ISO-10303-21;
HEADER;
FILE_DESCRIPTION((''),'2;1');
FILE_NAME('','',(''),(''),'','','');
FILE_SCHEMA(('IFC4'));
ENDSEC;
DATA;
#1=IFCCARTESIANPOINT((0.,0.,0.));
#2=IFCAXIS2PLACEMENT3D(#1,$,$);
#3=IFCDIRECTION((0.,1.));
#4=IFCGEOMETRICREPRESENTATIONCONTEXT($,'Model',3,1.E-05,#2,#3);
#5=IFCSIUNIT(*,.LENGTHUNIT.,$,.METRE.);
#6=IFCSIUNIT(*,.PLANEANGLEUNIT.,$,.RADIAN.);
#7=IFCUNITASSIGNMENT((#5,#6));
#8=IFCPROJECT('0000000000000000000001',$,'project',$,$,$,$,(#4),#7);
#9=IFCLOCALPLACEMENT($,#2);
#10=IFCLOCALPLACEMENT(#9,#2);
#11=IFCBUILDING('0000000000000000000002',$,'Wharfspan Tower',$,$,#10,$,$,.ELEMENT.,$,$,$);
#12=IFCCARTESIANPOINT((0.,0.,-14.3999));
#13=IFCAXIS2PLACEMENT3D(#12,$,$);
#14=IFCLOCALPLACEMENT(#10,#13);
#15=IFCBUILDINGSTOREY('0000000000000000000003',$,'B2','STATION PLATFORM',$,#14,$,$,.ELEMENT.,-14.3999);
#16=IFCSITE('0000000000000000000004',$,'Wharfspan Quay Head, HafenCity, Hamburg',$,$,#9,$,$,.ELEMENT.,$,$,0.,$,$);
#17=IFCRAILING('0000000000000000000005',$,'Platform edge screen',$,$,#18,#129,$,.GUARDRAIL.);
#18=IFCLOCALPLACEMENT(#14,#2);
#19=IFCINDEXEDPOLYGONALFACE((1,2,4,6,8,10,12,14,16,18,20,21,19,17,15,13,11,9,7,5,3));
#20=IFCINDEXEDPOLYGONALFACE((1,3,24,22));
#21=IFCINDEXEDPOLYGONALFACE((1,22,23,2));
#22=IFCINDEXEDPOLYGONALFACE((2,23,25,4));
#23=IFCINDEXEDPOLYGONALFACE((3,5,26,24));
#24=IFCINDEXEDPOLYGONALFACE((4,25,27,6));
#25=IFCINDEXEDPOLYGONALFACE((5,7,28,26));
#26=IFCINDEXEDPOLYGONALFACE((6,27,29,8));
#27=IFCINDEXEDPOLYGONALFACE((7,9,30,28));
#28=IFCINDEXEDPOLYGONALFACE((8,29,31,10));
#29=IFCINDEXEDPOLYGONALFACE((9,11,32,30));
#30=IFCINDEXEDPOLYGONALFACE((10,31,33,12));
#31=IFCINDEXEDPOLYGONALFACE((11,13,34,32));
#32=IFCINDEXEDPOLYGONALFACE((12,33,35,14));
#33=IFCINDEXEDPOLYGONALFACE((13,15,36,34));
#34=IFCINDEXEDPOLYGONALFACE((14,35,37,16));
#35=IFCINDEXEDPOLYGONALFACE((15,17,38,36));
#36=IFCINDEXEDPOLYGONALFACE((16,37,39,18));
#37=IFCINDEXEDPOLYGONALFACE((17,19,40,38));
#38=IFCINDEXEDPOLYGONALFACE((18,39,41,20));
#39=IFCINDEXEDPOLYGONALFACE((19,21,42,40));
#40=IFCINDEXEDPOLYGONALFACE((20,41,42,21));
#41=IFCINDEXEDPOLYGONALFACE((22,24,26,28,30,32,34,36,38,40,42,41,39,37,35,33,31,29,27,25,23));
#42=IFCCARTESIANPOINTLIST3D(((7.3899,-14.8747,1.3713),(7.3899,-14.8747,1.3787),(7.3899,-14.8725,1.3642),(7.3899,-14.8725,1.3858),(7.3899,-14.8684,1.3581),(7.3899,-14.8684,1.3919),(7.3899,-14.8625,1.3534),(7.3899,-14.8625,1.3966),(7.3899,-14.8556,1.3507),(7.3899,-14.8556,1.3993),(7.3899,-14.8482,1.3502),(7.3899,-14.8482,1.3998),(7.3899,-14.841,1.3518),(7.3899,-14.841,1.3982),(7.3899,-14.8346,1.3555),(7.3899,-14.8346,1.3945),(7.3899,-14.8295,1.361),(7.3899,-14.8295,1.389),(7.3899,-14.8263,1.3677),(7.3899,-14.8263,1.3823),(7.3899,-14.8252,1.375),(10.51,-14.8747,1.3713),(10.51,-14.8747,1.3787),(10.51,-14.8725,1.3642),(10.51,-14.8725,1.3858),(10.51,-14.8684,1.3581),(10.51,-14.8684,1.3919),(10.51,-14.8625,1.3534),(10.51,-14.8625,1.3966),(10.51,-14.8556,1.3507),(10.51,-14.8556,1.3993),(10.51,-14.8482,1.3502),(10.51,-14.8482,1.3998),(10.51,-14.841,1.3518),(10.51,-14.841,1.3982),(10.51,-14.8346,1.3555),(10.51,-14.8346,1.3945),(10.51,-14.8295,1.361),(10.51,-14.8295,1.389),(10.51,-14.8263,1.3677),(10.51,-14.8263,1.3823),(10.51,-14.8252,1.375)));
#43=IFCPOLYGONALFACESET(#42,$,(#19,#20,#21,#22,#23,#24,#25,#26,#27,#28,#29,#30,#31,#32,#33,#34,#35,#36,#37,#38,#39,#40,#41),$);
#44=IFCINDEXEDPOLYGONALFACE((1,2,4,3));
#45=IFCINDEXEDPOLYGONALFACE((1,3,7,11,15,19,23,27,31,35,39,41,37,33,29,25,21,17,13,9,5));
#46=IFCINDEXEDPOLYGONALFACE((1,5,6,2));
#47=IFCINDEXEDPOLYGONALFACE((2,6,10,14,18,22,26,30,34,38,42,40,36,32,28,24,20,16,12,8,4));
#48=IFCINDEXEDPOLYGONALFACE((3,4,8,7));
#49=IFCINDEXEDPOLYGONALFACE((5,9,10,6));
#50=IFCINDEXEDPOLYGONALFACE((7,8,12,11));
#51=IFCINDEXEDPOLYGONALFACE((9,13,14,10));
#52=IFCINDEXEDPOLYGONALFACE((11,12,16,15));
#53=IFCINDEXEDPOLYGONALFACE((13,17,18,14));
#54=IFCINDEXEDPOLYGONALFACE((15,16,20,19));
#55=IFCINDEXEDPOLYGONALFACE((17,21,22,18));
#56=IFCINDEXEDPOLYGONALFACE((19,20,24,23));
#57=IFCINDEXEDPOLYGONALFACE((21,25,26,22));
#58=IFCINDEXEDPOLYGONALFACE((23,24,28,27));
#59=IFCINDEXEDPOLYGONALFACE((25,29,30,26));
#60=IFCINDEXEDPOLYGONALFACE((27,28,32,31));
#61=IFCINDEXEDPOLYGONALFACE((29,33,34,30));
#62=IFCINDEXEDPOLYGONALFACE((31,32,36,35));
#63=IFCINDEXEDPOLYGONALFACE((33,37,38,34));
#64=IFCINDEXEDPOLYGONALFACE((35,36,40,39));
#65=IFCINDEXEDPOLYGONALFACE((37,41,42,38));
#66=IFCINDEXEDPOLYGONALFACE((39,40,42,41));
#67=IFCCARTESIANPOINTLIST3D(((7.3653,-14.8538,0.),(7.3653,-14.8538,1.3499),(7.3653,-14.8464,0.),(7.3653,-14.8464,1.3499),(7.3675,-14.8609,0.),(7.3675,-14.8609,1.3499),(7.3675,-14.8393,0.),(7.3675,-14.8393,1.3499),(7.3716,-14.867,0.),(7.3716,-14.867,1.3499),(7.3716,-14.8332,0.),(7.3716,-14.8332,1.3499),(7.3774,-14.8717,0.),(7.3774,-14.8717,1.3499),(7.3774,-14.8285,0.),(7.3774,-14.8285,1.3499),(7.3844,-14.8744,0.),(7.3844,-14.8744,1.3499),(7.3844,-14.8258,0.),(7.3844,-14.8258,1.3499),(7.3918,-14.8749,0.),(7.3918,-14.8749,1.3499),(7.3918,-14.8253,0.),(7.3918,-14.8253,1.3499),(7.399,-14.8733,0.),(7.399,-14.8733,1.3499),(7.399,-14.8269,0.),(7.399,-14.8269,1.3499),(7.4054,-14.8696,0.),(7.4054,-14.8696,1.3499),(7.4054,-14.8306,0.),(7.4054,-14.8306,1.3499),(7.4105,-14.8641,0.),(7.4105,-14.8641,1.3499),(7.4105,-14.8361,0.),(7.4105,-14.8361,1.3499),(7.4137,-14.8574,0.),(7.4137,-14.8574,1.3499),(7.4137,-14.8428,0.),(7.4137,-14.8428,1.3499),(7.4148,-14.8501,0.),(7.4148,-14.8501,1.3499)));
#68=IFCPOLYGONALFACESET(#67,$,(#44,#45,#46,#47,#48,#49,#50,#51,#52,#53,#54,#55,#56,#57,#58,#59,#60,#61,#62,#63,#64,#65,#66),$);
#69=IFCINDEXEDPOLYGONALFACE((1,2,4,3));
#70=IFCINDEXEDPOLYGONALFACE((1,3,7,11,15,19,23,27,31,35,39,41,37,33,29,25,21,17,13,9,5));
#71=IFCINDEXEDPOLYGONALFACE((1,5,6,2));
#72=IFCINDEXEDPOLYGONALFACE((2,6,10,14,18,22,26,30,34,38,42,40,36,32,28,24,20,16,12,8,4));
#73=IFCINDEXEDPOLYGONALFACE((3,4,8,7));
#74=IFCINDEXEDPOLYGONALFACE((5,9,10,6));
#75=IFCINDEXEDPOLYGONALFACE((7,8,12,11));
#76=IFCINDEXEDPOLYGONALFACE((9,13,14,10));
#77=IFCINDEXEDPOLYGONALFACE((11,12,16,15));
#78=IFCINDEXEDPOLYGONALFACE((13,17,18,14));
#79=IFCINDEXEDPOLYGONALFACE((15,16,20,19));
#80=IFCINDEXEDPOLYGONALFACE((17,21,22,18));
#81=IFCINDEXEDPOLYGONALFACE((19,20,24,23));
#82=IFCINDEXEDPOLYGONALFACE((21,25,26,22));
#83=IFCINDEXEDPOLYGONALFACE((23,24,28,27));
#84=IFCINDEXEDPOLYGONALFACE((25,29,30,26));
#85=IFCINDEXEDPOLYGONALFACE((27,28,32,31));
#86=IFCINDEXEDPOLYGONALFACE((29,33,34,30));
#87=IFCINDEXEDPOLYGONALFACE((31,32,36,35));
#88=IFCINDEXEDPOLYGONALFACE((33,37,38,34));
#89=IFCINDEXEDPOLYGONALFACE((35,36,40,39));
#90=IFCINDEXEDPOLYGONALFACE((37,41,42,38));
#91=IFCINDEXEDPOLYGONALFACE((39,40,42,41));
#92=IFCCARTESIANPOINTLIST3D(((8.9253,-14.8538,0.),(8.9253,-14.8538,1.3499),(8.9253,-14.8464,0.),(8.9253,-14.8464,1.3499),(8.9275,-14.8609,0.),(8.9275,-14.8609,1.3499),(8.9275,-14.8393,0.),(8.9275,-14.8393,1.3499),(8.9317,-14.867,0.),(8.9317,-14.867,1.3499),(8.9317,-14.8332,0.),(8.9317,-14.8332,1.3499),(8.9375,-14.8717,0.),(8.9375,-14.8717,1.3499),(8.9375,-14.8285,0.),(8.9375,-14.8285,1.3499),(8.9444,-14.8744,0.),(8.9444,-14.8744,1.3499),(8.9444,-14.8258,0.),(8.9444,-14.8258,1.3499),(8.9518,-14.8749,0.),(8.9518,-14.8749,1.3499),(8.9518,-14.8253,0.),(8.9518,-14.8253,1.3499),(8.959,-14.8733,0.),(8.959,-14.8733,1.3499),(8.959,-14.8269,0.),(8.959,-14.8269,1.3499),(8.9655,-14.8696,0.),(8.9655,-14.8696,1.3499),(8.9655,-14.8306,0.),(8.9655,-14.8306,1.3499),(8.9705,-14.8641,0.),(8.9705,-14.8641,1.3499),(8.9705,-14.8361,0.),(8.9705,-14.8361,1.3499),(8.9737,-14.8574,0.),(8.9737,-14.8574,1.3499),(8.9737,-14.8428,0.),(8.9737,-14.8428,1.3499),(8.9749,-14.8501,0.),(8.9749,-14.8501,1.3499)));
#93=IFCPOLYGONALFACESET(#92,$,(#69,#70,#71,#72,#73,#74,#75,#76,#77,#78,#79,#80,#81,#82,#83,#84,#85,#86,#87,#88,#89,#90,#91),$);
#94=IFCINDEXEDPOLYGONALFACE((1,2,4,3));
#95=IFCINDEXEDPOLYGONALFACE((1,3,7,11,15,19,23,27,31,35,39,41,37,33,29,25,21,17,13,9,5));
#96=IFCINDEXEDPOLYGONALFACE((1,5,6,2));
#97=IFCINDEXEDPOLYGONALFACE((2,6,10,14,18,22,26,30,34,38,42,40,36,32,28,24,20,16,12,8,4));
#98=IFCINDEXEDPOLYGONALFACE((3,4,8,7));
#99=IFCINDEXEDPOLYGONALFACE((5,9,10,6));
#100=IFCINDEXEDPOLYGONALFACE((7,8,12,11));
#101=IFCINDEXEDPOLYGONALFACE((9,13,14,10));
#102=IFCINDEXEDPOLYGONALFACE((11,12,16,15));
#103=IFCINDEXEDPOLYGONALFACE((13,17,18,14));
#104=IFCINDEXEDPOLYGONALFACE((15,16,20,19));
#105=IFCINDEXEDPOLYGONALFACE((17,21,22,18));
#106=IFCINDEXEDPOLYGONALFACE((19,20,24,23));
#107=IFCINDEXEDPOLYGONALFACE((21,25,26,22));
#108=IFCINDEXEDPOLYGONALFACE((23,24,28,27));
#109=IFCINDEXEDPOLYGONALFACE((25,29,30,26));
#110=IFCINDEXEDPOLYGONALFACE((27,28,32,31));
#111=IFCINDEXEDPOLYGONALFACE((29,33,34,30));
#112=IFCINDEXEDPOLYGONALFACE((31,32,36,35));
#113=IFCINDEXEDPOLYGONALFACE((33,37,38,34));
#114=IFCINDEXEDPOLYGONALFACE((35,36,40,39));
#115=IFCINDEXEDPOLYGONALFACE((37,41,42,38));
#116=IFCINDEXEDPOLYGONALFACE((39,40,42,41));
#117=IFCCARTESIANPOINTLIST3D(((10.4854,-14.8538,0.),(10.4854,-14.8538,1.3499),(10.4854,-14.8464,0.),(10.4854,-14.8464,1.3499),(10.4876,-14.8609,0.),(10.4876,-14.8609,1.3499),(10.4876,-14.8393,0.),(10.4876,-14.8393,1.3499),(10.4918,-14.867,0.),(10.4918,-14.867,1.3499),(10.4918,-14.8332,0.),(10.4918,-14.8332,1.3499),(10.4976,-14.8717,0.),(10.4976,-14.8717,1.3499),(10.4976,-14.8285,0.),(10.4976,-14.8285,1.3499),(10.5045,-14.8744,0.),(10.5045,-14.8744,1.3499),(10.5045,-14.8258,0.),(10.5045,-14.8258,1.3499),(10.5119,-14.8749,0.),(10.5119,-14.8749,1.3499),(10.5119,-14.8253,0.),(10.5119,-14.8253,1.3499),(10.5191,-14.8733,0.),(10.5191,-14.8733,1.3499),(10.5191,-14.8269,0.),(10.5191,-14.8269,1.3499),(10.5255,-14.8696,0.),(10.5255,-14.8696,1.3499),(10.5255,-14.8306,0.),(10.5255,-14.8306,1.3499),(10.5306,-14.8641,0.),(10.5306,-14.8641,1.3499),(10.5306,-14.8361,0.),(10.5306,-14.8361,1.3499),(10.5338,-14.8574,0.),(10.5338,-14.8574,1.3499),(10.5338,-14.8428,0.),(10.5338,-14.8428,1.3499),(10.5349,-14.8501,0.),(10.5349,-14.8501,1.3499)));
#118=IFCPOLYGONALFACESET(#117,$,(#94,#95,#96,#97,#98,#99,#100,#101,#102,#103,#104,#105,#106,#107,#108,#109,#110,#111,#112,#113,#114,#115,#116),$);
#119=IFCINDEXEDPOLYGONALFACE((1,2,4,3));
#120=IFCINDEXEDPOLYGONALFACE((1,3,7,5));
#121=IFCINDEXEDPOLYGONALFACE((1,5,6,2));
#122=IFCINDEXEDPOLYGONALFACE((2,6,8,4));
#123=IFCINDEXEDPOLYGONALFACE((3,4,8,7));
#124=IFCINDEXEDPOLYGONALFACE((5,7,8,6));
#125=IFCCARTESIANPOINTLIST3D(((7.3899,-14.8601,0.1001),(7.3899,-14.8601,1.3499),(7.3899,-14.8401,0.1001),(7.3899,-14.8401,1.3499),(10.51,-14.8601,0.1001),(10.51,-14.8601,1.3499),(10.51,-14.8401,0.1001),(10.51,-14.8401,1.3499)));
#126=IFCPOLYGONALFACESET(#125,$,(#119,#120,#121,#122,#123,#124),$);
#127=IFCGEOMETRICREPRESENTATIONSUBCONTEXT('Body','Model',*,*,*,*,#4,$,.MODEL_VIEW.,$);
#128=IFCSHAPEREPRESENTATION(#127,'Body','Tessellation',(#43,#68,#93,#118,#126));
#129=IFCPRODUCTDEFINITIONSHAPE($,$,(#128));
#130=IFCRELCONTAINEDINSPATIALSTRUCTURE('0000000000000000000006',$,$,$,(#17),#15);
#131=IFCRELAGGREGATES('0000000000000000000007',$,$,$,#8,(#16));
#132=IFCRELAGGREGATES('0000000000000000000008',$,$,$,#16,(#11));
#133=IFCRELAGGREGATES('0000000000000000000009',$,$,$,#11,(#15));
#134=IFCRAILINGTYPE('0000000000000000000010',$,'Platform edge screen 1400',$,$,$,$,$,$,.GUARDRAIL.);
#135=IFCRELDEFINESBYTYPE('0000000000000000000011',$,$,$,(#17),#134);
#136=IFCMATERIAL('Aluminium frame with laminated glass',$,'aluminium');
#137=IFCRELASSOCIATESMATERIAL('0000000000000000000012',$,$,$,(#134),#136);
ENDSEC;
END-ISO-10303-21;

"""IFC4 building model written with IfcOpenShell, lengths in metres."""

from ifc_helpers import new_model, si_unit, direction, frame, origin, origin_2d, place, context, subcontext, project, spatial, rectangle, circle, extrude, material, type_object, element, save


model = new_model("IFC4")

# Units and contexts
model_context = context("Model", 3, precision=1e-05, world=origin(), true_north=direction((0.0, 1.0)))
body_context = subcontext(model_context, "Body", "Model", "MODEL_VIEW")
ifc_project = project(units=[si_unit("LENGTHUNIT", "METRE"), si_unit("PLANEANGLEUNIT", "RADIAN")], contexts=[model_context])

# Site, building, storey
site_placement = place(None, origin())
site = spatial("IfcSite", under=ifc_project, at=site_placement, Name="Wharfspan Quay Head, HafenCity, Hamburg", CompositionType="ELEMENT", RefElevation=0.0)
building_placement = place(site_placement, origin())
building = spatial("IfcBuilding", under=site, at=building_placement, Name="Wharfspan Tower", CompositionType="ELEMENT")
storey_placement = place(building_placement, frame((0.0, 0.0, -14.3999)))
storey = spatial("IfcBuildingStorey", under=building, at=storey_placement, Name="B2", Description="STATION PLATFORM", CompositionType="ELEMENT", Elevation=-14.3999)

# Railing
ifc_material_1 = material(Name="Aluminium frame with laminated glass", Category="aluminium")
railing_type_1 = type_object("IfcRailingType", Name="Platform edge screen 1400", PredefinedType="GUARDRAIL", material=ifc_material_1)
for number, where, name in (
    (1, (7.3899, -14.8501, 0.0), "Platform edge screen"),
):
    element("IfcRailing", number, at=place(storey_placement, frame(where)), inside=storey, type_object=railing_type_1, Name=name, PredefinedType="GUARDRAIL", context=body_context, shape_type="SweptSolid", body=[
        extrude(circle(Radius=0.0249, at=origin_2d()), frame((0.0, 0.0, 1.375), z_axis=(1.0, 0.0, 0.0), x_axis=(0.0, 1.0, 0.0)), (0.0, 0.0, 1.0), 3.1201),
        extrude(circle(Radius=0.0249, at=origin_2d()), origin(), (0.0, 0.0, 1.0), 1.3499),
        extrude(circle(Radius=0.0249, at=origin_2d()), frame((1.5601, 0.0, 0.0)), (0.0, 0.0, 1.0), 1.3499),
        extrude(circle(Radius=0.0249, at=origin_2d()), frame((3.1201, 0.0, 0.0)), (0.0, 0.0, 1.0), 1.3499),
        extrude(rectangle(XDim=3.1201, YDim=0.02, at=origin_2d()), frame((1.5601, 0.0, 0.1001), z_axis=(0.0, 0.0, 1.0), x_axis=(1.0, 0.0, 0.0)), (0.0, 0.0, 1.0), 1.2498),
    ])

save(model, "model.ifc")
